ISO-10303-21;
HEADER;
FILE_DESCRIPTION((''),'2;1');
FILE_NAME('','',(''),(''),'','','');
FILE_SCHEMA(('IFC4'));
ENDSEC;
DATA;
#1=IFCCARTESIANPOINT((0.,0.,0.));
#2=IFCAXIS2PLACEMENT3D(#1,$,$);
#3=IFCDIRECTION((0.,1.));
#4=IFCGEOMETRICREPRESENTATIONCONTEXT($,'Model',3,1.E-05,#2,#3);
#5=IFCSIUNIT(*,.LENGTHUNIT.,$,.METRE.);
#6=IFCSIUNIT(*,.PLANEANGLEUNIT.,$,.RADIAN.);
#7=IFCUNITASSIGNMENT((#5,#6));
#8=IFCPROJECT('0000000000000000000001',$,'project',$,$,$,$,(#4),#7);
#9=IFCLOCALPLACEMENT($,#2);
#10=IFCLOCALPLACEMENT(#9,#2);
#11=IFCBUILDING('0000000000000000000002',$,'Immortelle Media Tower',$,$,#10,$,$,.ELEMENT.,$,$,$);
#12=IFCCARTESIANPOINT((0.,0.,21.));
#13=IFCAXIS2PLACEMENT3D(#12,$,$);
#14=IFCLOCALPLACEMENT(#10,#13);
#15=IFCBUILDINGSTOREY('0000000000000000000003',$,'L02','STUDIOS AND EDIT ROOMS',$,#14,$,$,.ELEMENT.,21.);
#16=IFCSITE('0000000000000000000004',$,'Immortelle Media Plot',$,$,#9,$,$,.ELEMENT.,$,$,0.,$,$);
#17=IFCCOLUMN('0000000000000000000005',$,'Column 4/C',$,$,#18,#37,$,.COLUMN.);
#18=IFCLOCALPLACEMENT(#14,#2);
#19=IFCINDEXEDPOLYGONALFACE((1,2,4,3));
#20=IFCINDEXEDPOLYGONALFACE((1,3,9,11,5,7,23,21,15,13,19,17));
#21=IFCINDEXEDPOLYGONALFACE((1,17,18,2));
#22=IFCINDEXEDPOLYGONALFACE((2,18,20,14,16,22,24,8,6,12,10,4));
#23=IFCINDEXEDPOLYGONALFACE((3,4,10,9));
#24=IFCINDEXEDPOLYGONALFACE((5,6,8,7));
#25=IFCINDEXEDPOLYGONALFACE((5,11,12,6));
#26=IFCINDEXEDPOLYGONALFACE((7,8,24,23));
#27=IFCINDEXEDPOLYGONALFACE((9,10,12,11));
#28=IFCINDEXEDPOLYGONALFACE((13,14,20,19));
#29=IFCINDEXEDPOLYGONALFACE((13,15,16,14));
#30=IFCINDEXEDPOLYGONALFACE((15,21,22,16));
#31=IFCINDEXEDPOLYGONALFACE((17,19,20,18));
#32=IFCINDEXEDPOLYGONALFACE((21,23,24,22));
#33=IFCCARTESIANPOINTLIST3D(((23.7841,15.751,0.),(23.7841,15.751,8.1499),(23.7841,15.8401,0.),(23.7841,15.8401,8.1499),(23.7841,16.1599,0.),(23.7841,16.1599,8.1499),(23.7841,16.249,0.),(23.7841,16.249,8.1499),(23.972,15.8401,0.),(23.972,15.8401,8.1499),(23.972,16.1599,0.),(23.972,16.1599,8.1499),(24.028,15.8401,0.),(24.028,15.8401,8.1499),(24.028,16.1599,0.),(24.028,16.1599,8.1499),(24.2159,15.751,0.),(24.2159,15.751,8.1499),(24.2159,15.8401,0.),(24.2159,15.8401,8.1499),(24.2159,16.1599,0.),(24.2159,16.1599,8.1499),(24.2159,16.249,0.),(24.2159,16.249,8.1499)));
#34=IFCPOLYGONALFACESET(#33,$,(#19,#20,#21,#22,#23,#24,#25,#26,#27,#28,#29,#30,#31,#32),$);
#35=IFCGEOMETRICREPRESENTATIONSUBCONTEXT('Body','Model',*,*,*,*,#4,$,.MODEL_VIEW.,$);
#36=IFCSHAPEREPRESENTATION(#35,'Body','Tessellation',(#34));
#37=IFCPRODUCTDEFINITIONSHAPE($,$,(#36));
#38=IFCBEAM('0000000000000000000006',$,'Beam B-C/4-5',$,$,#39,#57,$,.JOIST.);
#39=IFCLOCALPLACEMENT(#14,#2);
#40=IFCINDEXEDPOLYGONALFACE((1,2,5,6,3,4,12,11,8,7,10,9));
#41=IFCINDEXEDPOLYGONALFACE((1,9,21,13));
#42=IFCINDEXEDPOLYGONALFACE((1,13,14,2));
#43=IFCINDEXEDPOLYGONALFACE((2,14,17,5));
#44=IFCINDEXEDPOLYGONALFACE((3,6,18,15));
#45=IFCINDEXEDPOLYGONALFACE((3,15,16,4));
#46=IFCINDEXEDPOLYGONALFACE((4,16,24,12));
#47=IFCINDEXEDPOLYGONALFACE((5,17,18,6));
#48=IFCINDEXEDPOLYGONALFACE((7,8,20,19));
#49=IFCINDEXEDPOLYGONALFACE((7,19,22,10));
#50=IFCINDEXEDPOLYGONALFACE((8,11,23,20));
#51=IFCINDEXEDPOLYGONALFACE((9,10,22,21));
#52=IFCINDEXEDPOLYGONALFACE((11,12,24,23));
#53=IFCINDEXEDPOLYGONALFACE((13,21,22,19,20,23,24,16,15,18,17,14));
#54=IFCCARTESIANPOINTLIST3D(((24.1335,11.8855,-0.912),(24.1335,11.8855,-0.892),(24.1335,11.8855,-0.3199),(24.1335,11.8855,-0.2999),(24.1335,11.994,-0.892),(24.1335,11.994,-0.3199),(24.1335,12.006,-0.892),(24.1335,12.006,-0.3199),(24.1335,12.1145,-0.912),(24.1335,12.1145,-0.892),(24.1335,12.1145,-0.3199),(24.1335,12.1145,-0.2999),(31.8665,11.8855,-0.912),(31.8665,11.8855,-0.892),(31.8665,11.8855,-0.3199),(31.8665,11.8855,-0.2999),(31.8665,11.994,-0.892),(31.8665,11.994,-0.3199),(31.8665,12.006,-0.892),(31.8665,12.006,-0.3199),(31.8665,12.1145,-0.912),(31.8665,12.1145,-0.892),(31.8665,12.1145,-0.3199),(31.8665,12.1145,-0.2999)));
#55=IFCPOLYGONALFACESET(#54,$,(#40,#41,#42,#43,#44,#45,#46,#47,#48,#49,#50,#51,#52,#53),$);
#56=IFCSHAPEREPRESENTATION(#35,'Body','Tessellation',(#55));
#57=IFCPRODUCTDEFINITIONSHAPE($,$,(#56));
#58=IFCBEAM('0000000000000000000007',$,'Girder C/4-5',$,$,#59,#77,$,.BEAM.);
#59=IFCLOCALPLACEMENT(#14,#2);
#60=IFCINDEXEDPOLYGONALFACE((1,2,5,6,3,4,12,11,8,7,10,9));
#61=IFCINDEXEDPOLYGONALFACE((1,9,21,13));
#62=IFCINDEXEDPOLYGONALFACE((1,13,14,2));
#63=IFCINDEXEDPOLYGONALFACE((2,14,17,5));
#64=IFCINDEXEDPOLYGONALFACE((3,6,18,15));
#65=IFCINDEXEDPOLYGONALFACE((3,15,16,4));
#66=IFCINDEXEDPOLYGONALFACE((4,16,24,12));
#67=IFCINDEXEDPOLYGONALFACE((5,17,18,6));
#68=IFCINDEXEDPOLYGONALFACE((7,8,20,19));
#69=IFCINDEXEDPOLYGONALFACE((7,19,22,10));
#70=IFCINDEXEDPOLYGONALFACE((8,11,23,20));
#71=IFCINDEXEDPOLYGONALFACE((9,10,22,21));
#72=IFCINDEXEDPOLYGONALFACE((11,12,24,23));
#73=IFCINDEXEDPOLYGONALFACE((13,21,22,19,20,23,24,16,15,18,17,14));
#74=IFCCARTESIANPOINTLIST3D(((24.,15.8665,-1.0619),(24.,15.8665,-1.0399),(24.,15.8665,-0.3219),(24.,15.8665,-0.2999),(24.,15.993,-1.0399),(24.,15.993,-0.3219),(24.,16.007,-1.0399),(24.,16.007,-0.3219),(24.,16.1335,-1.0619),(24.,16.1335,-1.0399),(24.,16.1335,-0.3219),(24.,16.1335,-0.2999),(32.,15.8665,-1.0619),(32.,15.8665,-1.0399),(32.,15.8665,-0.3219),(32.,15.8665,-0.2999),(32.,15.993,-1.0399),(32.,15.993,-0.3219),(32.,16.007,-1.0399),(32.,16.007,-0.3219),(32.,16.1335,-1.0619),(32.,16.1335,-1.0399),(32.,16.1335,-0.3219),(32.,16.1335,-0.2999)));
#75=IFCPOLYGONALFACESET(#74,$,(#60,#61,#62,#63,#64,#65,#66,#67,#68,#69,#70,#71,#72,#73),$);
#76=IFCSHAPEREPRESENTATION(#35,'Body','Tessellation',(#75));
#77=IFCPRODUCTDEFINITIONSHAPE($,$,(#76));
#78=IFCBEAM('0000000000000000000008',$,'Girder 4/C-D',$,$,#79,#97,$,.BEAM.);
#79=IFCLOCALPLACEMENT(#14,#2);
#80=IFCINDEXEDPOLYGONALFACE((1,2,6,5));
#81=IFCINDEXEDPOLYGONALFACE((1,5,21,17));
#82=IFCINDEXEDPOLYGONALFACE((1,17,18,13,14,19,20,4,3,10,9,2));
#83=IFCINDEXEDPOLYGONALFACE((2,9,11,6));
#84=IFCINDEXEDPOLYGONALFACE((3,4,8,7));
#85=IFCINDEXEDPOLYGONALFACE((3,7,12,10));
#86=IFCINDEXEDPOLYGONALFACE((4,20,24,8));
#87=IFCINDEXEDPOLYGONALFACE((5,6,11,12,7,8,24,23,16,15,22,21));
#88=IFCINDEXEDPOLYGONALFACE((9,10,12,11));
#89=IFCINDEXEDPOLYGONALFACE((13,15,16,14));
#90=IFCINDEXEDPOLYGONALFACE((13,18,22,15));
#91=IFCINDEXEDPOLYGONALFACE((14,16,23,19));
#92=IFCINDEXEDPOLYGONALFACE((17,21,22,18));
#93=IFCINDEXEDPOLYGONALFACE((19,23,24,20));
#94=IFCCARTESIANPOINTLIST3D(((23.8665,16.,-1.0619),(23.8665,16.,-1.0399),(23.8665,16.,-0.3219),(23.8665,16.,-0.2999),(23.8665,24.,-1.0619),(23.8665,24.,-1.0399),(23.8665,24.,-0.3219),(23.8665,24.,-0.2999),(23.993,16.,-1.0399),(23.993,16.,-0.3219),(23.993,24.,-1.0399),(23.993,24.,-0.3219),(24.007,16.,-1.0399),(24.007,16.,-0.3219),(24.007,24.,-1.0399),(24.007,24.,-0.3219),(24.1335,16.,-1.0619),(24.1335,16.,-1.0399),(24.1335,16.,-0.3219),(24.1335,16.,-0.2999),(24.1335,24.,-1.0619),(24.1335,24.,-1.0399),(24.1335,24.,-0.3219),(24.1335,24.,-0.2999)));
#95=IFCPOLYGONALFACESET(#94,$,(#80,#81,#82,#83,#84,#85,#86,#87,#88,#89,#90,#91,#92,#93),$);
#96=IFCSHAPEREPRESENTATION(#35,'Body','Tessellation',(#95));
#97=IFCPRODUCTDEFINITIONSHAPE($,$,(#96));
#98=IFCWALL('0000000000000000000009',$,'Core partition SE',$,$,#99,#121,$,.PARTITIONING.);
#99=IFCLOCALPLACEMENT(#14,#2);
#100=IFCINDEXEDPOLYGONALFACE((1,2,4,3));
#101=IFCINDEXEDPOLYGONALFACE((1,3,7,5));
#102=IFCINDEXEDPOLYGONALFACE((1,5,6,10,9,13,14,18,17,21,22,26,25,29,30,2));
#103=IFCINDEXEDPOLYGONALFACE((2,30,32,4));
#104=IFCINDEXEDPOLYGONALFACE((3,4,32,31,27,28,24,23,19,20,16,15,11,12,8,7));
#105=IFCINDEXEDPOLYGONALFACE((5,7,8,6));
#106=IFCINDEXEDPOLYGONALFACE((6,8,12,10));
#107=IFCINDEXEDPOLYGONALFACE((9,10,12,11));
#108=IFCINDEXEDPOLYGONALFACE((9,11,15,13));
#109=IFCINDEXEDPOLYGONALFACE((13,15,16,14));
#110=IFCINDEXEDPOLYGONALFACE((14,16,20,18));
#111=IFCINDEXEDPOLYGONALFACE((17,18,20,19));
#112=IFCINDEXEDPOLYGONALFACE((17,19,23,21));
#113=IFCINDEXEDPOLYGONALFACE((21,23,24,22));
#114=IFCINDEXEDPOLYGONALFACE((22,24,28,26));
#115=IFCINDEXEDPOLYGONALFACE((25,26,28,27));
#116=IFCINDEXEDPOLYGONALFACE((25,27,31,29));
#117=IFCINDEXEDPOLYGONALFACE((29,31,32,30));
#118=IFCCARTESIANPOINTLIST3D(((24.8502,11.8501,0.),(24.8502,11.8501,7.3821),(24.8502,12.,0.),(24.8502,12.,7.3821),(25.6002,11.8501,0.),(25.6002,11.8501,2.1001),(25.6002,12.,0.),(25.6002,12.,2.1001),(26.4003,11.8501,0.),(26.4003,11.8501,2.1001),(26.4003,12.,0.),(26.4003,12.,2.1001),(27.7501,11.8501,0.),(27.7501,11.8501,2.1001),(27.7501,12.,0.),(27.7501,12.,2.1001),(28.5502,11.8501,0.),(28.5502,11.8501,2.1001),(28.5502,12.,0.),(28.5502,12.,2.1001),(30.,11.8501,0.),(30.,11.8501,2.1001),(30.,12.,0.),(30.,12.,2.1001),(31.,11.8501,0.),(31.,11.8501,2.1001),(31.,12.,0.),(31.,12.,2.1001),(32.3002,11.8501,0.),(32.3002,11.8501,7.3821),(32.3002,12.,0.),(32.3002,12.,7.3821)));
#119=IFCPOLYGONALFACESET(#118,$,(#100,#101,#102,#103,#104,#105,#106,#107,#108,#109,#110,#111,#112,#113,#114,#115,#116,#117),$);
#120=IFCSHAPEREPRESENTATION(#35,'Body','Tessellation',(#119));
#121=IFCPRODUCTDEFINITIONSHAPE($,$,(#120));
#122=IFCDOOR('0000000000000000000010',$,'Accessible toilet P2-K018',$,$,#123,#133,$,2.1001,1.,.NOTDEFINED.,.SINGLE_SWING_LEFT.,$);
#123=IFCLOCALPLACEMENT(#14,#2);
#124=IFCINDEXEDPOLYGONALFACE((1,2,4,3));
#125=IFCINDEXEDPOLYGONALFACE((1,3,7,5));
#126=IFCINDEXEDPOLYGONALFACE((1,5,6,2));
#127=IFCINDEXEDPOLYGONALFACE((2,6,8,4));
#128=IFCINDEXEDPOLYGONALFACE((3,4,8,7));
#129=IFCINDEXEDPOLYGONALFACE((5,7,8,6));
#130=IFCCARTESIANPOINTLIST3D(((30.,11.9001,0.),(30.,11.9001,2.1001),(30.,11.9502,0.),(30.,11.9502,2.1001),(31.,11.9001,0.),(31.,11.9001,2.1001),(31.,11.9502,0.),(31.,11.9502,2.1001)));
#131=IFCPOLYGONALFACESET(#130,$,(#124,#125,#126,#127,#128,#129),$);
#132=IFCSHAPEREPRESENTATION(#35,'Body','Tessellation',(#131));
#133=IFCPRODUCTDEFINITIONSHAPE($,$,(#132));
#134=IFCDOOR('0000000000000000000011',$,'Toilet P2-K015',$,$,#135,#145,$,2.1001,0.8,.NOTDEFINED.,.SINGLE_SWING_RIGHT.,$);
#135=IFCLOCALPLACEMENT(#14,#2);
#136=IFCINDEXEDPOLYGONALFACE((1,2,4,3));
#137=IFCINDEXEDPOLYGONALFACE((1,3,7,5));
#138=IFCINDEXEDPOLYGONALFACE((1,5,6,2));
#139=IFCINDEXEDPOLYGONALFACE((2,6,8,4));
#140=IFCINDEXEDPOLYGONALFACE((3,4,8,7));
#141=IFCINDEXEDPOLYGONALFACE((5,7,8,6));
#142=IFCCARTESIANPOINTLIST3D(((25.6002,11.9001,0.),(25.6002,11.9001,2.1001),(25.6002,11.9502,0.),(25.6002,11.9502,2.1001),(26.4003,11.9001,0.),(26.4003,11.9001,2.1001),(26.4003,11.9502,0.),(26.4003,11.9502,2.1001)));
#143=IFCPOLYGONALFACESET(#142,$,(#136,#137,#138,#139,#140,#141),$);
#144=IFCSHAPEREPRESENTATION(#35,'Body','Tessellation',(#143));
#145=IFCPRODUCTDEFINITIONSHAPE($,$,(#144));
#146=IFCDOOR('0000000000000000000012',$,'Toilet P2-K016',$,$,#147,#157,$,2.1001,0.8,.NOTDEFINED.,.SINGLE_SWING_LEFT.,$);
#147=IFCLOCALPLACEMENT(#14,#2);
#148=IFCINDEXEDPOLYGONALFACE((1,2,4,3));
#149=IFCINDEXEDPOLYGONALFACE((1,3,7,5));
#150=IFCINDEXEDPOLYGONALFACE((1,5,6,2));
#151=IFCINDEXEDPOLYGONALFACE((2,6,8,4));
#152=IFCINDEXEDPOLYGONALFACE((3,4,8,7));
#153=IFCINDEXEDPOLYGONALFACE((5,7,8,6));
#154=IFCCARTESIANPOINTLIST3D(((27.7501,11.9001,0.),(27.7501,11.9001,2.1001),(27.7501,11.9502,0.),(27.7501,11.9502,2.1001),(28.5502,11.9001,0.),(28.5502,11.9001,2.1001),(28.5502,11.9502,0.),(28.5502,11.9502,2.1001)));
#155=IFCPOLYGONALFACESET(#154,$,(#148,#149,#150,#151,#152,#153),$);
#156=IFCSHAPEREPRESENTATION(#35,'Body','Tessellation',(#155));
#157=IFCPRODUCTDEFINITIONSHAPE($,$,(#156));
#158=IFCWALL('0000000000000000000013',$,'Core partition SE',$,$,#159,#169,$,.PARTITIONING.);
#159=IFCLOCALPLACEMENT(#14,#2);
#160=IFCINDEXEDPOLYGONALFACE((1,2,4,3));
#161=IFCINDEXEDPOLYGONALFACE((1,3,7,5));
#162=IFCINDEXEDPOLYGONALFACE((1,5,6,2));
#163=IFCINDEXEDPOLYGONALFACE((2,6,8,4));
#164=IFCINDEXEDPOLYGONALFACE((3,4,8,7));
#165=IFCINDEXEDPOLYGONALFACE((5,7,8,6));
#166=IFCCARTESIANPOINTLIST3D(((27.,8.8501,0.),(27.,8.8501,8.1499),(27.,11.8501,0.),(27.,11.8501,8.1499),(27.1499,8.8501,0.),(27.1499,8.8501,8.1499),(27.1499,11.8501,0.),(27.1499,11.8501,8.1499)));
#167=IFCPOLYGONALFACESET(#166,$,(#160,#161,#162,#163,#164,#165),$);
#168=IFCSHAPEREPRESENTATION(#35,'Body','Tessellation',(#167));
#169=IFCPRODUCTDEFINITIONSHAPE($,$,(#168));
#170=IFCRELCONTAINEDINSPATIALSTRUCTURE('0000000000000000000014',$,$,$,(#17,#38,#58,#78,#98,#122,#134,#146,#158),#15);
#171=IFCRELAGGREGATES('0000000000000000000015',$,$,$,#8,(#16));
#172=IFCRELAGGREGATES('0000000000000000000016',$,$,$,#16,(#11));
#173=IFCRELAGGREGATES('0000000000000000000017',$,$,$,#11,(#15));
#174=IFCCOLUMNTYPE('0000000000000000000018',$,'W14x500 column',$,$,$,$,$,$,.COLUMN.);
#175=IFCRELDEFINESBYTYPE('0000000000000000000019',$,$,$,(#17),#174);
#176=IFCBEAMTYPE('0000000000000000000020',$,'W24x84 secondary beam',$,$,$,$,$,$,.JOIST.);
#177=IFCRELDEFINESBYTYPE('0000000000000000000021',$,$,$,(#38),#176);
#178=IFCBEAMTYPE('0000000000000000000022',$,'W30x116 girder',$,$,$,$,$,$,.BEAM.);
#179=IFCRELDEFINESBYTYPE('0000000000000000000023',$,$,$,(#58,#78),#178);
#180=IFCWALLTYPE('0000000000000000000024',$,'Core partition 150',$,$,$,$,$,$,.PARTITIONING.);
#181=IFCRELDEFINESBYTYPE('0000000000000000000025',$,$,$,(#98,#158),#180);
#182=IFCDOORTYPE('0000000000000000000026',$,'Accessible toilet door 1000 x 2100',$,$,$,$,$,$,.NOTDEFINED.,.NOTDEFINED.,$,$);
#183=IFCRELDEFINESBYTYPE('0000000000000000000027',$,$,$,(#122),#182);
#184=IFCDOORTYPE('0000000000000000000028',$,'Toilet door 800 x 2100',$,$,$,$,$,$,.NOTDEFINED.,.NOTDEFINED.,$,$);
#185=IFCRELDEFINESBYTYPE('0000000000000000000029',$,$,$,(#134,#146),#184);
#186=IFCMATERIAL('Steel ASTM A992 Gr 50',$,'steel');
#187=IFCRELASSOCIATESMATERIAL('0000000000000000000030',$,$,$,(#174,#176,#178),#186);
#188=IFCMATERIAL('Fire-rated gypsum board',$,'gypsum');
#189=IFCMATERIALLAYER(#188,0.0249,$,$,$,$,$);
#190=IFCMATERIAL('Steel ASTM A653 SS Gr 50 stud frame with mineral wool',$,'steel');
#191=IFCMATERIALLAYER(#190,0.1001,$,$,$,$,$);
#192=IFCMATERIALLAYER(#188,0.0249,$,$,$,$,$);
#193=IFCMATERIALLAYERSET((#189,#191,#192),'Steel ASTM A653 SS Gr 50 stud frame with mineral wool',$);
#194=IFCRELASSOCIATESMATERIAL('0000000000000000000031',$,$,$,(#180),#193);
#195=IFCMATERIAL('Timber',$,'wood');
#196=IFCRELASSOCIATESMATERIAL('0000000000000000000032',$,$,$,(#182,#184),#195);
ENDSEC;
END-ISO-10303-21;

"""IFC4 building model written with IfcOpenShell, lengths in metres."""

from ifc_helpers import new_model, si_unit, direction, frame, frame_2d, origin, origin_2d, place, context, subcontext, project, spatial, rectangle, i_section, extrude, material, layer, layer_set, material_profile, profile_set, type_object, element, fill, save


model = new_model("IFC4")

# Units and contexts
model_context = context("Model", 3, precision=1e-05, world=origin(), true_north=direction((0.0, 1.0)))
body_context = subcontext(model_context, "Body", "Model", "MODEL_VIEW")
ifc_project = project(units=[si_unit("LENGTHUNIT", "METRE"), si_unit("PLANEANGLEUNIT", "RADIAN")], contexts=[model_context])

# Site, building, storey
site_placement = place(None, origin())
site = spatial("IfcSite", under=ifc_project, at=site_placement, Name="Immortelle Media Plot", CompositionType="ELEMENT", RefElevation=0.0)
building_placement = place(site_placement, origin())
building = spatial("IfcBuilding", under=site, at=building_placement, Name="Immortelle Media Tower", CompositionType="ELEMENT")
storey_placement = place(building_placement, frame((0.0, 0.0, 21.0)))
storey = spatial("IfcBuildingStorey", under=building, at=storey_placement, Name="L02", Description="STUDIOS AND EDIT ROOMS", CompositionType="ELEMENT", Elevation=21.0)

# Column
ifc_material_1 = material(Name="Steel ASTM A992 Gr 50", Category="steel")
ifc_material_profile_1 = material_profile(ifc_material_1, i_section(OverallWidth=0.4319, OverallDepth=0.498, WebThickness=0.0559, FlangeThickness=0.0891, at=origin_2d()), Name="W14x500")
ifc_profile_set_1 = profile_set([ifc_material_profile_1], Name="Steel ASTM A992 Gr 50")
column_type = type_object("IfcColumnType", Name="W14x500 column", PredefinedType="COLUMN", material=ifc_profile_set_1)
column_placement = place(storey_placement, frame((24.0, 16.0, 0.0), z_axis=(0.0, 0.0, 1.0), x_axis=(1.0, 0.0, 0.0)))
element("IfcColumn", 1, at=column_placement, inside=storey, type_object=column_type, Name="Column 4/C", PredefinedType="COLUMN", context=body_context, shape_type="SweptSolid", body=[
    extrude(i_section(OverallWidth=0.4319, OverallDepth=0.498, WebThickness=0.0559, FlangeThickness=0.0891, at=origin_2d()), origin(), (0.0, 0.0, 1.0), 8.1499),
])

# Beams
ifc_material_profile_2 = material_profile(ifc_material_1, i_section(OverallWidth=0.229, OverallDepth=0.6121, WebThickness=0.012, FlangeThickness=0.02, at=origin_2d()), Name="W24x84")
ifc_profile_set_2 = profile_set([ifc_material_profile_2], Name="Steel ASTM A992 Gr 50")
beam_type_1 = type_object("IfcBeamType", Name="W24x84 secondary beam", PredefinedType="JOIST", material=ifc_profile_set_2)
beam_placement = place(storey_placement, frame((24.1335, 12.0, -0.606), z_axis=(1.0, 0.0, 0.0), x_axis=(0.0, 1.0, 0.0)))
element("IfcBeam", 2, at=beam_placement, inside=storey, type_object=beam_type_1, Name="Beam B-C/4-5", PredefinedType="JOIST", context=body_context, shape_type="SweptSolid", body=[
    extrude(i_section(OverallWidth=0.229, OverallDepth=0.6121, WebThickness=0.012, FlangeThickness=0.02, at=origin_2d()), origin(), (0.0, 0.0, 1.0), 7.7329),
])
ifc_material_profile_3 = material_profile(ifc_material_1, i_section(OverallWidth=0.2671, OverallDepth=0.762, WebThickness=0.0139, FlangeThickness=0.022, at=origin_2d()), Name="W30x116")
ifc_profile_set_3 = profile_set([ifc_material_profile_3], Name="Steel ASTM A992 Gr 50")
beam_type_2 = type_object("IfcBeamType", Name="W30x116 girder", PredefinedType="BEAM", material=ifc_profile_set_3)
for number, where, z_axis, x_axis, name in (
    (3, (24.0, 16.0, -0.6809), (1.0, 0.0, 0.0), (0.0, 1.0, 0.0), "Girder C/4-5"),
    (4, (24.0, 16.0, -0.6809), (0.0, 1.0, 0.0), (-1.0, 0.0, 0.0), "Girder 4/C-D"),
):
    element("IfcBeam", number, at=place(storey_placement, frame(where, z_axis=z_axis, x_axis=x_axis)), inside=storey, type_object=beam_type_2, Name=name, PredefinedType="BEAM", context=body_context, shape_type="SweptSolid", body=[
        extrude(i_section(OverallWidth=0.2671, OverallDepth=0.762, WebThickness=0.0139, FlangeThickness=0.022, at=origin_2d()), origin(), (0.0, 0.0, 1.0), 8.0),
    ])

# Wall, openings, doors
ifc_material_2 = material(Name="Fire-rated gypsum board", Category="gypsum")
ifc_layer_1 = layer(ifc_material_2, 0.0249)
ifc_material_3 = material(Name="Steel ASTM A653 SS Gr 50 stud frame with mineral wool", Category="steel")
ifc_layer_2 = layer(ifc_material_3, 0.1001)
ifc_layer_3 = layer(ifc_material_2, 0.0249)
ifc_layer_set_1 = layer_set([ifc_layer_1, ifc_layer_2, ifc_layer_3], Name="Steel ASTM A653 SS Gr 50 stud frame with mineral wool")
wall_type_1 = type_object("IfcWallType", Name="Core partition 150", PredefinedType="PARTITIONING", material=ifc_layer_set_1)
wall_1_placement = place(storey_placement, frame((24.8501, 11.925, 0.0), z_axis=(0.0, 0.0, 1.0), x_axis=(1.0, 0.0, 0.0)))
wall_1 = element("IfcWall", 5, at=wall_1_placement, inside=storey, type_object=wall_type_1, Name="Core partition SE", PredefinedType="PARTITIONING", context=body_context, shape_type="SweptSolid", body=[
    extrude(rectangle(XDim=7.45, YDim=0.1499, at=frame_2d((3.7251, 0.0))), origin(), (0.0, 0.0, 1.0), 7.3821),
])
opening_1_placement = place(wall_1_placement, frame((1.55, 0.0, 0.0), z_axis=(0.0, 0.0, 1.0), x_axis=(-1.0, 0.0, 0.0)))
opening_1 = element("IfcOpeningElement", 6, at=opening_1_placement, cuts=wall_1, PredefinedType="OPENING", context=body_context, shape_type="SweptSolid", body=[
    extrude(rectangle(XDim=0.8, YDim=2.1001, at=frame_2d((0.3999, 1.05))), frame((0.0, 0.085, 0.0), z_axis=(0.0, -1.0, 0.0), x_axis=(1.0, 0.0, 0.0)), (0.0, 0.0, 1.0), 0.1699),
])
opening_2_placement = place(wall_1_placement, frame((3.7, 0.0, 0.0), z_axis=(0.0, 0.0, 1.0), x_axis=(-1.0, 0.0, 0.0)))
opening_2 = element("IfcOpeningElement", 7, at=opening_2_placement, cuts=wall_1, PredefinedType="OPENING", context=body_context, shape_type="SweptSolid", body=[
    extrude(rectangle(XDim=0.8, YDim=2.1001, at=frame_2d((0.3999, 1.05))), frame((0.0, 0.085, 0.0), z_axis=(0.0, -1.0, 0.0), x_axis=(1.0, 0.0, 0.0)), (0.0, 0.0, 1.0), 0.1699),
])
opening_3_placement = place(wall_1_placement, frame((6.1499, 0.0, 0.0), z_axis=(0.0, 0.0, 1.0), x_axis=(-1.0, 0.0, 0.0)))
opening_3 = element("IfcOpeningElement", 8, at=opening_3_placement, cuts=wall_1, PredefinedType="OPENING", context=body_context, shape_type="SweptSolid", body=[
    extrude(rectangle(XDim=1.0, YDim=2.1001, at=frame_2d((0.5, 1.05))), frame((0.0, 0.085, 0.0), z_axis=(0.0, -1.0, 0.0), x_axis=(1.0, 0.0, 0.0)), (0.0, 0.0, 1.0), 0.1699),
])
ifc_material_4 = material(Name="Timber", Category="wood")
door_type_1 = type_object("IfcDoorType", Name="Accessible toilet door 1000 x 2100", OperationType="NOTDEFINED", PredefinedType="NOTDEFINED", material=ifc_material_4)
door_1_placement = place(opening_3_placement, origin())
door_1 = element("IfcDoor", 9, at=door_1_placement, inside=storey, type_object=door_type_1, Name="Accessible toilet P2-K018", OperationType="SINGLE_SWING_LEFT", OverallHeight=2.1001, OverallWidth=1.0, PredefinedType="NOTDEFINED", context=body_context, shape_type="SweptSolid", body=[
    extrude(rectangle(XDim=1.0, YDim=2.1001, at=frame_2d((0.5, 1.05))), frame((0.0, 0.0249, 0.0), z_axis=(0.0, -1.0, 0.0), x_axis=(1.0, 0.0, 0.0)), (0.0, 0.0, 1.0), 0.05),
])
fill(opening_3, door_1)
door_type_2 = type_object("IfcDoorType", Name="Toilet door 800 x 2100", OperationType="NOTDEFINED", PredefinedType="NOTDEFINED", material=ifc_material_4)
door_2_placement = place(opening_1_placement, origin())
door_2 = element("IfcDoor", 10, at=door_2_placement, inside=storey, type_object=door_type_2, Name="Toilet P2-K015", OperationType="SINGLE_SWING_RIGHT", OverallHeight=2.1001, OverallWidth=0.8, PredefinedType="NOTDEFINED", context=body_context, shape_type="SweptSolid", body=[
    extrude(rectangle(XDim=0.8, YDim=2.1001, at=frame_2d((0.3999, 1.05))), frame((0.0, 0.0249, 0.0), z_axis=(0.0, -1.0, 0.0), x_axis=(1.0, 0.0, 0.0)), (0.0, 0.0, 1.0), 0.05),
])
fill(opening_1, door_2)
door_3_placement = place(opening_2_placement, origin())
door_3 = element("IfcDoor", 11, at=door_3_placement, inside=storey, type_object=door_type_2, Name="Toilet P2-K016", OperationType="SINGLE_SWING_LEFT", OverallHeight=2.1001, OverallWidth=0.8, PredefinedType="NOTDEFINED", context=body_context, shape_type="SweptSolid", body=[
    extrude(rectangle(XDim=0.8, YDim=2.1001, at=frame_2d((0.3999, 1.05))), frame((0.0, 0.0249, 0.0), z_axis=(0.0, -1.0, 0.0), x_axis=(1.0, 0.0, 0.0)), (0.0, 0.0, 1.0), 0.05),
])
fill(opening_2, door_3)

# Wall
for number, where, z_axis, x_axis, name in (
    (12, (27.075, 8.8501, 0.0), (0.0, 0.0, 1.0), (0.0, 1.0, 0.0), "Core partition SE"),
):
    element("IfcWall", number, at=place(storey_placement, frame(where, z_axis=z_axis, x_axis=x_axis)), inside=storey, type_object=wall_type_1, Name=name, PredefinedType="PARTITIONING", context=body_context, shape_type="SweptSolid", body=[
        extrude(rectangle(XDim=3.0, YDim=0.1499, at=frame_2d((1.5, 0.0))), origin(), (0.0, 0.0, 1.0), 8.1499),
    ])

save(model, "model.ifc")
